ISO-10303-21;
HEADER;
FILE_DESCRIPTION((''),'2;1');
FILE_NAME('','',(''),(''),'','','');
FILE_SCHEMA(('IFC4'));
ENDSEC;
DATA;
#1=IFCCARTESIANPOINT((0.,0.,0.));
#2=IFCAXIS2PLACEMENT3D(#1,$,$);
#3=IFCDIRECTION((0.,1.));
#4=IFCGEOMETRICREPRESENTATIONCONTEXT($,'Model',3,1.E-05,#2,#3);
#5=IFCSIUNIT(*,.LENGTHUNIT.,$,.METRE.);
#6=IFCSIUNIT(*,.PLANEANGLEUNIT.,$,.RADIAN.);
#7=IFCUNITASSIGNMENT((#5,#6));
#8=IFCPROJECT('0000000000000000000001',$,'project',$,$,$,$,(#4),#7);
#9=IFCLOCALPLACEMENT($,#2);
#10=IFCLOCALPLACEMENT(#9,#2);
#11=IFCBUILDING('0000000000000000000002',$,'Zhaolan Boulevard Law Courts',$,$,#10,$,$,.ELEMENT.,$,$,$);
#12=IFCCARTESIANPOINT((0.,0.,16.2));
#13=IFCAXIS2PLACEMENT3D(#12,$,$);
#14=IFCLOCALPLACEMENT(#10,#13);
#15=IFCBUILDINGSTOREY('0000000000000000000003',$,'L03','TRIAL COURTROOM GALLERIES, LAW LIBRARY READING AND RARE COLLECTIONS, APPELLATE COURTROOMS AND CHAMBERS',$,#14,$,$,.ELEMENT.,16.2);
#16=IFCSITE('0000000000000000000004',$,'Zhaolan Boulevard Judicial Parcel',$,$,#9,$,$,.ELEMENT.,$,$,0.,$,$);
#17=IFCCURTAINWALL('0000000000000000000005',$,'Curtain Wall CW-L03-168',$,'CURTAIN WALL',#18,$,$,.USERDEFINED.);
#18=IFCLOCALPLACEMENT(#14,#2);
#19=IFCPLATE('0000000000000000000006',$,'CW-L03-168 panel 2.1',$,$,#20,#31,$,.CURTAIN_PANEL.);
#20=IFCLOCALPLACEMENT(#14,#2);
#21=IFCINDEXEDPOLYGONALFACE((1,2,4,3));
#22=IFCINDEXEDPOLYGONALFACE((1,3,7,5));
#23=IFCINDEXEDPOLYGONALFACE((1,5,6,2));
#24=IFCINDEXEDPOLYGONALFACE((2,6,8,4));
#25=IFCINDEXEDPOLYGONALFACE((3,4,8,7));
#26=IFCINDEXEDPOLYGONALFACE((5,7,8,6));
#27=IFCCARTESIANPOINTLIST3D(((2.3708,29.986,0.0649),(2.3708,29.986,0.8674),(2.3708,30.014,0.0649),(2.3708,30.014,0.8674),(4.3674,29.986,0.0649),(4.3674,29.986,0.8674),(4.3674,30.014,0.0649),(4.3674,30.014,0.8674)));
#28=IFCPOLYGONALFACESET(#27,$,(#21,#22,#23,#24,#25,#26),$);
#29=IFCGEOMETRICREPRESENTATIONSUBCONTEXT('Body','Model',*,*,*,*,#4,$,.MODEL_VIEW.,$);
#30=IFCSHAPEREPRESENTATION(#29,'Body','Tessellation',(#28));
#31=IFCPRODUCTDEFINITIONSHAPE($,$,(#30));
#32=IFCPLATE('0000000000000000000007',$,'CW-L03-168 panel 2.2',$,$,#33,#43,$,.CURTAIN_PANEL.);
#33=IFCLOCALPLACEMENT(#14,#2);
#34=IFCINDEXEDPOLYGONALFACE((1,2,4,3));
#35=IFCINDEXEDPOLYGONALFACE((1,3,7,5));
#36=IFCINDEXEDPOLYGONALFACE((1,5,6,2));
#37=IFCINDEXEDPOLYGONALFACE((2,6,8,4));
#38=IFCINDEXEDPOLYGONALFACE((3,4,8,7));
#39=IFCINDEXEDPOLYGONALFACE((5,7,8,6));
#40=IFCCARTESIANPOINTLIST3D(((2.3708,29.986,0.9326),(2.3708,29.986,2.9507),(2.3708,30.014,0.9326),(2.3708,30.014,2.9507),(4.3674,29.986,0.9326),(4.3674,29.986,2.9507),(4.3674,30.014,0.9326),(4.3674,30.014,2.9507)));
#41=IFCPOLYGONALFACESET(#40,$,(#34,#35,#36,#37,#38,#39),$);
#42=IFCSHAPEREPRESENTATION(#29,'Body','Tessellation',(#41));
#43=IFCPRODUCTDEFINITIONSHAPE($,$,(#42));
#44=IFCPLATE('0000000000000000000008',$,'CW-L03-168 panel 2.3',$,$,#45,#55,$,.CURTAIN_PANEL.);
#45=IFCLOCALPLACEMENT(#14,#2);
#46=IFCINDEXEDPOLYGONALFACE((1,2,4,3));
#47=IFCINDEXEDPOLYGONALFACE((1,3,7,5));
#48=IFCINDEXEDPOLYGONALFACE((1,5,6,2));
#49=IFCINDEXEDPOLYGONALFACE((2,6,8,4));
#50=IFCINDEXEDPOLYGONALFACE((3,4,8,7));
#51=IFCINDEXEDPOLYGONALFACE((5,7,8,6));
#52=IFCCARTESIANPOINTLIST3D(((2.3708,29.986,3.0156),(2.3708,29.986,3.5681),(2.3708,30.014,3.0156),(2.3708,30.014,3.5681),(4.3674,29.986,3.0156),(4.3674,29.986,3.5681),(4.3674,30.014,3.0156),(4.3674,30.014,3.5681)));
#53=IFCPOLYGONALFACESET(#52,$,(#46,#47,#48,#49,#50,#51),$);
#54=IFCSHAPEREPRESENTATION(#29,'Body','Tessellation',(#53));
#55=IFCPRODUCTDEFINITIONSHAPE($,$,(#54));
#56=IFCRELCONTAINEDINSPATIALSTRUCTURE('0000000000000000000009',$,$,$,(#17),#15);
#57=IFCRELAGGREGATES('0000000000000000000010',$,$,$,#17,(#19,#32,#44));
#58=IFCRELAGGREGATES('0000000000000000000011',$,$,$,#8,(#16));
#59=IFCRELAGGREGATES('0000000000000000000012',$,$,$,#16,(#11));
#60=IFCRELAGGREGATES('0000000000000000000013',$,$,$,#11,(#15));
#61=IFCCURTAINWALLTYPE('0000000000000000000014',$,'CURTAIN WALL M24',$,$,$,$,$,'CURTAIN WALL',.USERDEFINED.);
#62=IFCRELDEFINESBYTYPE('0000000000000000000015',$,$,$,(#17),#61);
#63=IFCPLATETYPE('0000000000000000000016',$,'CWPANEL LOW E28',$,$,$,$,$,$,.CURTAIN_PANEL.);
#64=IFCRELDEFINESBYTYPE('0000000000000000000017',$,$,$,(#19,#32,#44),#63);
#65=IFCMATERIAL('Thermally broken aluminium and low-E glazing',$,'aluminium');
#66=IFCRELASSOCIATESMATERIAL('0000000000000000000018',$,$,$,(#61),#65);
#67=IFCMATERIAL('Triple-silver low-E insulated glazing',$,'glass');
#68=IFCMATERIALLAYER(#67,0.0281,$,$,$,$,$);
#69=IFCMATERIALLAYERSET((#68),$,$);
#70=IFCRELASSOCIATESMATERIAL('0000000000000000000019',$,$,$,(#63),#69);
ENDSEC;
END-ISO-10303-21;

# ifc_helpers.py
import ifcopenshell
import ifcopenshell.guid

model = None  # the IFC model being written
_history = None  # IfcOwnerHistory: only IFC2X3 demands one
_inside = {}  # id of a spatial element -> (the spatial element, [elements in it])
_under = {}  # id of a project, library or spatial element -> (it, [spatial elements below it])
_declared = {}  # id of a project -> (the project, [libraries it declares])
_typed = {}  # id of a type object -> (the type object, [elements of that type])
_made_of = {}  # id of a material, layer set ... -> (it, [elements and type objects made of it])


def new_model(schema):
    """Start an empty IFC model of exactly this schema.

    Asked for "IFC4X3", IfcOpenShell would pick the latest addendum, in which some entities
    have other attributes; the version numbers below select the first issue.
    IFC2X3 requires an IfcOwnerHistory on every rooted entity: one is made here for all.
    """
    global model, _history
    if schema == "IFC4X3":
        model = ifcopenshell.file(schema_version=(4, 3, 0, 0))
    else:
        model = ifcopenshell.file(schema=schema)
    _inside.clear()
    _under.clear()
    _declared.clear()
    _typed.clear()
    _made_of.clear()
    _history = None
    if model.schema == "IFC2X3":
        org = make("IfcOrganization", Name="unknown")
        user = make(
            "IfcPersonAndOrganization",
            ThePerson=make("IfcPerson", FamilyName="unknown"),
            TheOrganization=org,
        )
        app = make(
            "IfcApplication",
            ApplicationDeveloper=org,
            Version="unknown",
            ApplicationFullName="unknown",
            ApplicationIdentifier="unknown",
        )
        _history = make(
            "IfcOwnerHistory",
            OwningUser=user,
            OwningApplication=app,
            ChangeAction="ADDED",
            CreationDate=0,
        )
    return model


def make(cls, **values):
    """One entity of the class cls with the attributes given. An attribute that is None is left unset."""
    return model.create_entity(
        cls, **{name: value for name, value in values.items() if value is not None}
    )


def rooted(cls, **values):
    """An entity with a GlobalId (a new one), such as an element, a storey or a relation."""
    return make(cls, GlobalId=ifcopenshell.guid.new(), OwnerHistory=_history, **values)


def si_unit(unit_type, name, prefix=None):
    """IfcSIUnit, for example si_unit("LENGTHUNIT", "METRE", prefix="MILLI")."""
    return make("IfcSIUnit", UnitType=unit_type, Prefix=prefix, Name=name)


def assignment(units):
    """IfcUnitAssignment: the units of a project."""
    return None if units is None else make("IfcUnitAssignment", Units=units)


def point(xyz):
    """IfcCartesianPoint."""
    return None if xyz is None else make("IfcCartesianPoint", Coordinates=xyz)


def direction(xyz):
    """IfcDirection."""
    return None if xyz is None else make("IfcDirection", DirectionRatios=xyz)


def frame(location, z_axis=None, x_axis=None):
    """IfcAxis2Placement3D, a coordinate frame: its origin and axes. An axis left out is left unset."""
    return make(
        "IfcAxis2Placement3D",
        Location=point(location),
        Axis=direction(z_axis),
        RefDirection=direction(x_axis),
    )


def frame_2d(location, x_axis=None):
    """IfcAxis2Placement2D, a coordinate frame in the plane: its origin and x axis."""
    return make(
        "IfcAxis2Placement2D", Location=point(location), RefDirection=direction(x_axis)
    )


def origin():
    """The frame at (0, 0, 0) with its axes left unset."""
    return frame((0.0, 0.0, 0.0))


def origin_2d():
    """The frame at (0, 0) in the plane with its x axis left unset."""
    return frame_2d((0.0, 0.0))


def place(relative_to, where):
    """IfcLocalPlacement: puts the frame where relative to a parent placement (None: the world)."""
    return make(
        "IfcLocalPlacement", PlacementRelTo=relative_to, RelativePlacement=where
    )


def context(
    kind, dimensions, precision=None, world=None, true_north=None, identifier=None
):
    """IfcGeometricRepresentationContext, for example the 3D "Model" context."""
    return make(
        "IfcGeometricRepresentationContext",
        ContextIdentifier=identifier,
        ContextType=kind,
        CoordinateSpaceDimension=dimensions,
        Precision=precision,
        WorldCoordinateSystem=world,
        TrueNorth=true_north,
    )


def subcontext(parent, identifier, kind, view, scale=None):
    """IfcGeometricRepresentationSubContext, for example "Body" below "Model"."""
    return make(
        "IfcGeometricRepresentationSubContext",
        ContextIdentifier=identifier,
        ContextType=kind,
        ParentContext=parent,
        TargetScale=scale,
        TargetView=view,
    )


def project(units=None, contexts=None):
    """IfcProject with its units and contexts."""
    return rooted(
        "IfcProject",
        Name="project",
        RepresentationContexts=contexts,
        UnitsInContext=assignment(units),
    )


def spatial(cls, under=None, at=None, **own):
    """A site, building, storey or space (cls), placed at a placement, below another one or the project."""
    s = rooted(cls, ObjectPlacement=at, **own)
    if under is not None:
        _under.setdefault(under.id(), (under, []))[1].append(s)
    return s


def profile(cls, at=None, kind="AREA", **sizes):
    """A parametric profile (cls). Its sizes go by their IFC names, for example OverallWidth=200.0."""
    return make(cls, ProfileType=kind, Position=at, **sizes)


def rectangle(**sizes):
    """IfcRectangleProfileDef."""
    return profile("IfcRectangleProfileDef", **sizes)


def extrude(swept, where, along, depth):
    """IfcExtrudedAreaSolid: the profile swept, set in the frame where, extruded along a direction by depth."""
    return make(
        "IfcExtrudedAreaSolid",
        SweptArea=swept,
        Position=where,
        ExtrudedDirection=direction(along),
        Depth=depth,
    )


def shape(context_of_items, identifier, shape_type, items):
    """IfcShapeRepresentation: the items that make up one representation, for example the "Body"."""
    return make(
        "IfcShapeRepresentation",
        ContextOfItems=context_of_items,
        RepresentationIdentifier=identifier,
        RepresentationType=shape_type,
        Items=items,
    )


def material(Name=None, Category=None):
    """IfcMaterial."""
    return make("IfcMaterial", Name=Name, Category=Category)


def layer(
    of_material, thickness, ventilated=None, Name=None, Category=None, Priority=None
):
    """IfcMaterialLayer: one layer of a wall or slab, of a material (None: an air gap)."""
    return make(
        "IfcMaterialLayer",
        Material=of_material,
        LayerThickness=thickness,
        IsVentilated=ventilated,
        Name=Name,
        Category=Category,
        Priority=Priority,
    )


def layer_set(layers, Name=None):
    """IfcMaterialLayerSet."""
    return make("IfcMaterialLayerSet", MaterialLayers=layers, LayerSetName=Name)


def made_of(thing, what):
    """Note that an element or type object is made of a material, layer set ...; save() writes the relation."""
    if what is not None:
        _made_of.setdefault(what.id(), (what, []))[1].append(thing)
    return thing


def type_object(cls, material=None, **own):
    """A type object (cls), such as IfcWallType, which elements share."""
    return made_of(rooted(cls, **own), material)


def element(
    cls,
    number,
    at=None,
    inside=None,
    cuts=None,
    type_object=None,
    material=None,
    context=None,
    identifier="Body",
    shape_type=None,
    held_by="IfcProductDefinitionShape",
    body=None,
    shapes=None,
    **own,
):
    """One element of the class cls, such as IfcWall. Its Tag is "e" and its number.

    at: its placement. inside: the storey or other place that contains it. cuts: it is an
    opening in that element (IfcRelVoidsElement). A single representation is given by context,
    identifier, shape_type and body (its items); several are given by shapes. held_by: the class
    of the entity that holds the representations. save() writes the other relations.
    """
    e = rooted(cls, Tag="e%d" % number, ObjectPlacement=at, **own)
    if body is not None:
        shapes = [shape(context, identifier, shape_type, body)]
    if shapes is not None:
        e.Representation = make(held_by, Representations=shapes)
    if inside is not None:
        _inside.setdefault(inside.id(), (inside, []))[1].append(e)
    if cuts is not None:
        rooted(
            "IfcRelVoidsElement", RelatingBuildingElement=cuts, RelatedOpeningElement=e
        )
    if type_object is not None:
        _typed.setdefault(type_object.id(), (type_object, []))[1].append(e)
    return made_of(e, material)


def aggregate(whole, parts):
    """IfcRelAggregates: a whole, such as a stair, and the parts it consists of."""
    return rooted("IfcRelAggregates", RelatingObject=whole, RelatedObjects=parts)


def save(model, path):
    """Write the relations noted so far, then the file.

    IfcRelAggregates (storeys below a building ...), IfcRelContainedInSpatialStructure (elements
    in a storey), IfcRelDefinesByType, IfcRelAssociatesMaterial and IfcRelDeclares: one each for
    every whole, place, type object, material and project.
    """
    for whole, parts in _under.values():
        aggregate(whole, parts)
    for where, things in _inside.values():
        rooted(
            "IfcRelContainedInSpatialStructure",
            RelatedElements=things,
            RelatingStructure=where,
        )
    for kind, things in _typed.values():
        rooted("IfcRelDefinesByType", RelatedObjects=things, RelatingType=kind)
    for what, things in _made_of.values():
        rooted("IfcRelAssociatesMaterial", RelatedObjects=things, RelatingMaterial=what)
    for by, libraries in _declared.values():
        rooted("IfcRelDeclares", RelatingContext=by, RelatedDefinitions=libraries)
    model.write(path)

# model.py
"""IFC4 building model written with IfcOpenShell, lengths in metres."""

from ifc_helpers import new_model, si_unit, direction, frame, origin, origin_2d, place, context, subcontext, project, spatial, rectangle, extrude, material, layer, layer_set, type_object, element, aggregate, save


model = new_model("IFC4")

# Units and contexts
model_context = context("Model", 3, precision=1e-05, world=origin(), true_north=direction((0.0, 1.0)))
body_context = subcontext(model_context, "Body", "Model", "MODEL_VIEW")
ifc_project = project(units=[si_unit("LENGTHUNIT", "METRE"), si_unit("PLANEANGLEUNIT", "RADIAN")], contexts=[model_context])

# Site, building, storey
site_placement = place(None, origin())
site = spatial("IfcSite", under=ifc_project, at=site_placement, Name="Zhaolan Boulevard Judicial Parcel", CompositionType="ELEMENT", RefElevation=0.0)
building_placement = place(site_placement, origin())
building = spatial("IfcBuilding", under=site, at=building_placement, Name="Zhaolan Boulevard Law Courts", CompositionType="ELEMENT")
storey_placement = place(building_placement, frame((0.0, 0.0, 16.2)))
storey = spatial("IfcBuildingStorey", under=building, at=storey_placement, Name="L03", Description="TRIAL COURTROOM GALLERIES, LAW LIBRARY READING AND RARE COLLECTIONS, APPELLATE COURTROOMS AND CHAMBERS", CompositionType="ELEMENT", Elevation=16.2)

# Curtain wall, plates
ifc_material_1 = material(Name="Thermally broken aluminium and low-E glazing", Category="aluminium")
curtain_wall_type = type_object("IfcCurtainWallType", Name="CURTAIN WALL M24", ElementType="CURTAIN WALL", PredefinedType="USERDEFINED", material=ifc_material_1)
curtain_wall_placement = place(storey_placement, origin())
curtain_wall = element("IfcCurtainWall", 1, at=curtain_wall_placement, inside=storey, type_object=curtain_wall_type, Name="Curtain Wall CW-L03-168", ObjectType="CURTAIN WALL", PredefinedType="USERDEFINED")
ifc_material_2 = material(Name="Triple-silver low-E insulated glazing", Category="glass")
ifc_layer = layer(ifc_material_2, 0.0281)
ifc_layer_set = layer_set([ifc_layer])
plate_type = type_object("IfcPlateType", Name="CWPANEL LOW E28", PredefinedType="CURTAIN_PANEL", material=ifc_layer_set)
plate_1_placement = place(storey_placement, frame((3.3691, 30.0, 0.0649), z_axis=(0.0, 0.0, 1.0), x_axis=(1.0, 0.0, 0.0)))
plate_1 = element("IfcPlate", 2, at=plate_1_placement, type_object=plate_type, Name="CW-L03-168 panel 2.1", PredefinedType="CURTAIN_PANEL", context=body_context, shape_type="SweptSolid", body=[
    extrude(rectangle(XDim=1.9966, YDim=0.0281, at=origin_2d()), origin(), (0.0, 0.0, 1.0), 0.8025),
])
plate_2_placement = place(storey_placement, frame((3.3691, 30.0, 0.9326), z_axis=(0.0, 0.0, 1.0), x_axis=(1.0, 0.0, 0.0)))
plate_2 = element("IfcPlate", 3, at=plate_2_placement, type_object=plate_type, Name="CW-L03-168 panel 2.2", PredefinedType="CURTAIN_PANEL", context=body_context, shape_type="SweptSolid", body=[
    extrude(rectangle(XDim=1.9966, YDim=0.0281, at=origin_2d()), origin(), (0.0, 0.0, 1.0), 2.0181),
])
plate_3_placement = place(storey_placement, frame((3.3691, 30.0, 3.0156), z_axis=(0.0, 0.0, 1.0), x_axis=(1.0, 0.0, 0.0)))
plate_3 = element("IfcPlate", 4, at=plate_3_placement, type_object=plate_type, Name="CW-L03-168 panel 2.3", PredefinedType="CURTAIN_PANEL", context=body_context, shape_type="SweptSolid", body=[
    extrude(rectangle(XDim=1.9966, YDim=0.0281, at=origin_2d()), origin(), (0.0, 0.0, 1.0), 0.5525),
])
aggregate(curtain_wall, [plate_1, plate_2, plate_3])

save(model, "model.ifc")
